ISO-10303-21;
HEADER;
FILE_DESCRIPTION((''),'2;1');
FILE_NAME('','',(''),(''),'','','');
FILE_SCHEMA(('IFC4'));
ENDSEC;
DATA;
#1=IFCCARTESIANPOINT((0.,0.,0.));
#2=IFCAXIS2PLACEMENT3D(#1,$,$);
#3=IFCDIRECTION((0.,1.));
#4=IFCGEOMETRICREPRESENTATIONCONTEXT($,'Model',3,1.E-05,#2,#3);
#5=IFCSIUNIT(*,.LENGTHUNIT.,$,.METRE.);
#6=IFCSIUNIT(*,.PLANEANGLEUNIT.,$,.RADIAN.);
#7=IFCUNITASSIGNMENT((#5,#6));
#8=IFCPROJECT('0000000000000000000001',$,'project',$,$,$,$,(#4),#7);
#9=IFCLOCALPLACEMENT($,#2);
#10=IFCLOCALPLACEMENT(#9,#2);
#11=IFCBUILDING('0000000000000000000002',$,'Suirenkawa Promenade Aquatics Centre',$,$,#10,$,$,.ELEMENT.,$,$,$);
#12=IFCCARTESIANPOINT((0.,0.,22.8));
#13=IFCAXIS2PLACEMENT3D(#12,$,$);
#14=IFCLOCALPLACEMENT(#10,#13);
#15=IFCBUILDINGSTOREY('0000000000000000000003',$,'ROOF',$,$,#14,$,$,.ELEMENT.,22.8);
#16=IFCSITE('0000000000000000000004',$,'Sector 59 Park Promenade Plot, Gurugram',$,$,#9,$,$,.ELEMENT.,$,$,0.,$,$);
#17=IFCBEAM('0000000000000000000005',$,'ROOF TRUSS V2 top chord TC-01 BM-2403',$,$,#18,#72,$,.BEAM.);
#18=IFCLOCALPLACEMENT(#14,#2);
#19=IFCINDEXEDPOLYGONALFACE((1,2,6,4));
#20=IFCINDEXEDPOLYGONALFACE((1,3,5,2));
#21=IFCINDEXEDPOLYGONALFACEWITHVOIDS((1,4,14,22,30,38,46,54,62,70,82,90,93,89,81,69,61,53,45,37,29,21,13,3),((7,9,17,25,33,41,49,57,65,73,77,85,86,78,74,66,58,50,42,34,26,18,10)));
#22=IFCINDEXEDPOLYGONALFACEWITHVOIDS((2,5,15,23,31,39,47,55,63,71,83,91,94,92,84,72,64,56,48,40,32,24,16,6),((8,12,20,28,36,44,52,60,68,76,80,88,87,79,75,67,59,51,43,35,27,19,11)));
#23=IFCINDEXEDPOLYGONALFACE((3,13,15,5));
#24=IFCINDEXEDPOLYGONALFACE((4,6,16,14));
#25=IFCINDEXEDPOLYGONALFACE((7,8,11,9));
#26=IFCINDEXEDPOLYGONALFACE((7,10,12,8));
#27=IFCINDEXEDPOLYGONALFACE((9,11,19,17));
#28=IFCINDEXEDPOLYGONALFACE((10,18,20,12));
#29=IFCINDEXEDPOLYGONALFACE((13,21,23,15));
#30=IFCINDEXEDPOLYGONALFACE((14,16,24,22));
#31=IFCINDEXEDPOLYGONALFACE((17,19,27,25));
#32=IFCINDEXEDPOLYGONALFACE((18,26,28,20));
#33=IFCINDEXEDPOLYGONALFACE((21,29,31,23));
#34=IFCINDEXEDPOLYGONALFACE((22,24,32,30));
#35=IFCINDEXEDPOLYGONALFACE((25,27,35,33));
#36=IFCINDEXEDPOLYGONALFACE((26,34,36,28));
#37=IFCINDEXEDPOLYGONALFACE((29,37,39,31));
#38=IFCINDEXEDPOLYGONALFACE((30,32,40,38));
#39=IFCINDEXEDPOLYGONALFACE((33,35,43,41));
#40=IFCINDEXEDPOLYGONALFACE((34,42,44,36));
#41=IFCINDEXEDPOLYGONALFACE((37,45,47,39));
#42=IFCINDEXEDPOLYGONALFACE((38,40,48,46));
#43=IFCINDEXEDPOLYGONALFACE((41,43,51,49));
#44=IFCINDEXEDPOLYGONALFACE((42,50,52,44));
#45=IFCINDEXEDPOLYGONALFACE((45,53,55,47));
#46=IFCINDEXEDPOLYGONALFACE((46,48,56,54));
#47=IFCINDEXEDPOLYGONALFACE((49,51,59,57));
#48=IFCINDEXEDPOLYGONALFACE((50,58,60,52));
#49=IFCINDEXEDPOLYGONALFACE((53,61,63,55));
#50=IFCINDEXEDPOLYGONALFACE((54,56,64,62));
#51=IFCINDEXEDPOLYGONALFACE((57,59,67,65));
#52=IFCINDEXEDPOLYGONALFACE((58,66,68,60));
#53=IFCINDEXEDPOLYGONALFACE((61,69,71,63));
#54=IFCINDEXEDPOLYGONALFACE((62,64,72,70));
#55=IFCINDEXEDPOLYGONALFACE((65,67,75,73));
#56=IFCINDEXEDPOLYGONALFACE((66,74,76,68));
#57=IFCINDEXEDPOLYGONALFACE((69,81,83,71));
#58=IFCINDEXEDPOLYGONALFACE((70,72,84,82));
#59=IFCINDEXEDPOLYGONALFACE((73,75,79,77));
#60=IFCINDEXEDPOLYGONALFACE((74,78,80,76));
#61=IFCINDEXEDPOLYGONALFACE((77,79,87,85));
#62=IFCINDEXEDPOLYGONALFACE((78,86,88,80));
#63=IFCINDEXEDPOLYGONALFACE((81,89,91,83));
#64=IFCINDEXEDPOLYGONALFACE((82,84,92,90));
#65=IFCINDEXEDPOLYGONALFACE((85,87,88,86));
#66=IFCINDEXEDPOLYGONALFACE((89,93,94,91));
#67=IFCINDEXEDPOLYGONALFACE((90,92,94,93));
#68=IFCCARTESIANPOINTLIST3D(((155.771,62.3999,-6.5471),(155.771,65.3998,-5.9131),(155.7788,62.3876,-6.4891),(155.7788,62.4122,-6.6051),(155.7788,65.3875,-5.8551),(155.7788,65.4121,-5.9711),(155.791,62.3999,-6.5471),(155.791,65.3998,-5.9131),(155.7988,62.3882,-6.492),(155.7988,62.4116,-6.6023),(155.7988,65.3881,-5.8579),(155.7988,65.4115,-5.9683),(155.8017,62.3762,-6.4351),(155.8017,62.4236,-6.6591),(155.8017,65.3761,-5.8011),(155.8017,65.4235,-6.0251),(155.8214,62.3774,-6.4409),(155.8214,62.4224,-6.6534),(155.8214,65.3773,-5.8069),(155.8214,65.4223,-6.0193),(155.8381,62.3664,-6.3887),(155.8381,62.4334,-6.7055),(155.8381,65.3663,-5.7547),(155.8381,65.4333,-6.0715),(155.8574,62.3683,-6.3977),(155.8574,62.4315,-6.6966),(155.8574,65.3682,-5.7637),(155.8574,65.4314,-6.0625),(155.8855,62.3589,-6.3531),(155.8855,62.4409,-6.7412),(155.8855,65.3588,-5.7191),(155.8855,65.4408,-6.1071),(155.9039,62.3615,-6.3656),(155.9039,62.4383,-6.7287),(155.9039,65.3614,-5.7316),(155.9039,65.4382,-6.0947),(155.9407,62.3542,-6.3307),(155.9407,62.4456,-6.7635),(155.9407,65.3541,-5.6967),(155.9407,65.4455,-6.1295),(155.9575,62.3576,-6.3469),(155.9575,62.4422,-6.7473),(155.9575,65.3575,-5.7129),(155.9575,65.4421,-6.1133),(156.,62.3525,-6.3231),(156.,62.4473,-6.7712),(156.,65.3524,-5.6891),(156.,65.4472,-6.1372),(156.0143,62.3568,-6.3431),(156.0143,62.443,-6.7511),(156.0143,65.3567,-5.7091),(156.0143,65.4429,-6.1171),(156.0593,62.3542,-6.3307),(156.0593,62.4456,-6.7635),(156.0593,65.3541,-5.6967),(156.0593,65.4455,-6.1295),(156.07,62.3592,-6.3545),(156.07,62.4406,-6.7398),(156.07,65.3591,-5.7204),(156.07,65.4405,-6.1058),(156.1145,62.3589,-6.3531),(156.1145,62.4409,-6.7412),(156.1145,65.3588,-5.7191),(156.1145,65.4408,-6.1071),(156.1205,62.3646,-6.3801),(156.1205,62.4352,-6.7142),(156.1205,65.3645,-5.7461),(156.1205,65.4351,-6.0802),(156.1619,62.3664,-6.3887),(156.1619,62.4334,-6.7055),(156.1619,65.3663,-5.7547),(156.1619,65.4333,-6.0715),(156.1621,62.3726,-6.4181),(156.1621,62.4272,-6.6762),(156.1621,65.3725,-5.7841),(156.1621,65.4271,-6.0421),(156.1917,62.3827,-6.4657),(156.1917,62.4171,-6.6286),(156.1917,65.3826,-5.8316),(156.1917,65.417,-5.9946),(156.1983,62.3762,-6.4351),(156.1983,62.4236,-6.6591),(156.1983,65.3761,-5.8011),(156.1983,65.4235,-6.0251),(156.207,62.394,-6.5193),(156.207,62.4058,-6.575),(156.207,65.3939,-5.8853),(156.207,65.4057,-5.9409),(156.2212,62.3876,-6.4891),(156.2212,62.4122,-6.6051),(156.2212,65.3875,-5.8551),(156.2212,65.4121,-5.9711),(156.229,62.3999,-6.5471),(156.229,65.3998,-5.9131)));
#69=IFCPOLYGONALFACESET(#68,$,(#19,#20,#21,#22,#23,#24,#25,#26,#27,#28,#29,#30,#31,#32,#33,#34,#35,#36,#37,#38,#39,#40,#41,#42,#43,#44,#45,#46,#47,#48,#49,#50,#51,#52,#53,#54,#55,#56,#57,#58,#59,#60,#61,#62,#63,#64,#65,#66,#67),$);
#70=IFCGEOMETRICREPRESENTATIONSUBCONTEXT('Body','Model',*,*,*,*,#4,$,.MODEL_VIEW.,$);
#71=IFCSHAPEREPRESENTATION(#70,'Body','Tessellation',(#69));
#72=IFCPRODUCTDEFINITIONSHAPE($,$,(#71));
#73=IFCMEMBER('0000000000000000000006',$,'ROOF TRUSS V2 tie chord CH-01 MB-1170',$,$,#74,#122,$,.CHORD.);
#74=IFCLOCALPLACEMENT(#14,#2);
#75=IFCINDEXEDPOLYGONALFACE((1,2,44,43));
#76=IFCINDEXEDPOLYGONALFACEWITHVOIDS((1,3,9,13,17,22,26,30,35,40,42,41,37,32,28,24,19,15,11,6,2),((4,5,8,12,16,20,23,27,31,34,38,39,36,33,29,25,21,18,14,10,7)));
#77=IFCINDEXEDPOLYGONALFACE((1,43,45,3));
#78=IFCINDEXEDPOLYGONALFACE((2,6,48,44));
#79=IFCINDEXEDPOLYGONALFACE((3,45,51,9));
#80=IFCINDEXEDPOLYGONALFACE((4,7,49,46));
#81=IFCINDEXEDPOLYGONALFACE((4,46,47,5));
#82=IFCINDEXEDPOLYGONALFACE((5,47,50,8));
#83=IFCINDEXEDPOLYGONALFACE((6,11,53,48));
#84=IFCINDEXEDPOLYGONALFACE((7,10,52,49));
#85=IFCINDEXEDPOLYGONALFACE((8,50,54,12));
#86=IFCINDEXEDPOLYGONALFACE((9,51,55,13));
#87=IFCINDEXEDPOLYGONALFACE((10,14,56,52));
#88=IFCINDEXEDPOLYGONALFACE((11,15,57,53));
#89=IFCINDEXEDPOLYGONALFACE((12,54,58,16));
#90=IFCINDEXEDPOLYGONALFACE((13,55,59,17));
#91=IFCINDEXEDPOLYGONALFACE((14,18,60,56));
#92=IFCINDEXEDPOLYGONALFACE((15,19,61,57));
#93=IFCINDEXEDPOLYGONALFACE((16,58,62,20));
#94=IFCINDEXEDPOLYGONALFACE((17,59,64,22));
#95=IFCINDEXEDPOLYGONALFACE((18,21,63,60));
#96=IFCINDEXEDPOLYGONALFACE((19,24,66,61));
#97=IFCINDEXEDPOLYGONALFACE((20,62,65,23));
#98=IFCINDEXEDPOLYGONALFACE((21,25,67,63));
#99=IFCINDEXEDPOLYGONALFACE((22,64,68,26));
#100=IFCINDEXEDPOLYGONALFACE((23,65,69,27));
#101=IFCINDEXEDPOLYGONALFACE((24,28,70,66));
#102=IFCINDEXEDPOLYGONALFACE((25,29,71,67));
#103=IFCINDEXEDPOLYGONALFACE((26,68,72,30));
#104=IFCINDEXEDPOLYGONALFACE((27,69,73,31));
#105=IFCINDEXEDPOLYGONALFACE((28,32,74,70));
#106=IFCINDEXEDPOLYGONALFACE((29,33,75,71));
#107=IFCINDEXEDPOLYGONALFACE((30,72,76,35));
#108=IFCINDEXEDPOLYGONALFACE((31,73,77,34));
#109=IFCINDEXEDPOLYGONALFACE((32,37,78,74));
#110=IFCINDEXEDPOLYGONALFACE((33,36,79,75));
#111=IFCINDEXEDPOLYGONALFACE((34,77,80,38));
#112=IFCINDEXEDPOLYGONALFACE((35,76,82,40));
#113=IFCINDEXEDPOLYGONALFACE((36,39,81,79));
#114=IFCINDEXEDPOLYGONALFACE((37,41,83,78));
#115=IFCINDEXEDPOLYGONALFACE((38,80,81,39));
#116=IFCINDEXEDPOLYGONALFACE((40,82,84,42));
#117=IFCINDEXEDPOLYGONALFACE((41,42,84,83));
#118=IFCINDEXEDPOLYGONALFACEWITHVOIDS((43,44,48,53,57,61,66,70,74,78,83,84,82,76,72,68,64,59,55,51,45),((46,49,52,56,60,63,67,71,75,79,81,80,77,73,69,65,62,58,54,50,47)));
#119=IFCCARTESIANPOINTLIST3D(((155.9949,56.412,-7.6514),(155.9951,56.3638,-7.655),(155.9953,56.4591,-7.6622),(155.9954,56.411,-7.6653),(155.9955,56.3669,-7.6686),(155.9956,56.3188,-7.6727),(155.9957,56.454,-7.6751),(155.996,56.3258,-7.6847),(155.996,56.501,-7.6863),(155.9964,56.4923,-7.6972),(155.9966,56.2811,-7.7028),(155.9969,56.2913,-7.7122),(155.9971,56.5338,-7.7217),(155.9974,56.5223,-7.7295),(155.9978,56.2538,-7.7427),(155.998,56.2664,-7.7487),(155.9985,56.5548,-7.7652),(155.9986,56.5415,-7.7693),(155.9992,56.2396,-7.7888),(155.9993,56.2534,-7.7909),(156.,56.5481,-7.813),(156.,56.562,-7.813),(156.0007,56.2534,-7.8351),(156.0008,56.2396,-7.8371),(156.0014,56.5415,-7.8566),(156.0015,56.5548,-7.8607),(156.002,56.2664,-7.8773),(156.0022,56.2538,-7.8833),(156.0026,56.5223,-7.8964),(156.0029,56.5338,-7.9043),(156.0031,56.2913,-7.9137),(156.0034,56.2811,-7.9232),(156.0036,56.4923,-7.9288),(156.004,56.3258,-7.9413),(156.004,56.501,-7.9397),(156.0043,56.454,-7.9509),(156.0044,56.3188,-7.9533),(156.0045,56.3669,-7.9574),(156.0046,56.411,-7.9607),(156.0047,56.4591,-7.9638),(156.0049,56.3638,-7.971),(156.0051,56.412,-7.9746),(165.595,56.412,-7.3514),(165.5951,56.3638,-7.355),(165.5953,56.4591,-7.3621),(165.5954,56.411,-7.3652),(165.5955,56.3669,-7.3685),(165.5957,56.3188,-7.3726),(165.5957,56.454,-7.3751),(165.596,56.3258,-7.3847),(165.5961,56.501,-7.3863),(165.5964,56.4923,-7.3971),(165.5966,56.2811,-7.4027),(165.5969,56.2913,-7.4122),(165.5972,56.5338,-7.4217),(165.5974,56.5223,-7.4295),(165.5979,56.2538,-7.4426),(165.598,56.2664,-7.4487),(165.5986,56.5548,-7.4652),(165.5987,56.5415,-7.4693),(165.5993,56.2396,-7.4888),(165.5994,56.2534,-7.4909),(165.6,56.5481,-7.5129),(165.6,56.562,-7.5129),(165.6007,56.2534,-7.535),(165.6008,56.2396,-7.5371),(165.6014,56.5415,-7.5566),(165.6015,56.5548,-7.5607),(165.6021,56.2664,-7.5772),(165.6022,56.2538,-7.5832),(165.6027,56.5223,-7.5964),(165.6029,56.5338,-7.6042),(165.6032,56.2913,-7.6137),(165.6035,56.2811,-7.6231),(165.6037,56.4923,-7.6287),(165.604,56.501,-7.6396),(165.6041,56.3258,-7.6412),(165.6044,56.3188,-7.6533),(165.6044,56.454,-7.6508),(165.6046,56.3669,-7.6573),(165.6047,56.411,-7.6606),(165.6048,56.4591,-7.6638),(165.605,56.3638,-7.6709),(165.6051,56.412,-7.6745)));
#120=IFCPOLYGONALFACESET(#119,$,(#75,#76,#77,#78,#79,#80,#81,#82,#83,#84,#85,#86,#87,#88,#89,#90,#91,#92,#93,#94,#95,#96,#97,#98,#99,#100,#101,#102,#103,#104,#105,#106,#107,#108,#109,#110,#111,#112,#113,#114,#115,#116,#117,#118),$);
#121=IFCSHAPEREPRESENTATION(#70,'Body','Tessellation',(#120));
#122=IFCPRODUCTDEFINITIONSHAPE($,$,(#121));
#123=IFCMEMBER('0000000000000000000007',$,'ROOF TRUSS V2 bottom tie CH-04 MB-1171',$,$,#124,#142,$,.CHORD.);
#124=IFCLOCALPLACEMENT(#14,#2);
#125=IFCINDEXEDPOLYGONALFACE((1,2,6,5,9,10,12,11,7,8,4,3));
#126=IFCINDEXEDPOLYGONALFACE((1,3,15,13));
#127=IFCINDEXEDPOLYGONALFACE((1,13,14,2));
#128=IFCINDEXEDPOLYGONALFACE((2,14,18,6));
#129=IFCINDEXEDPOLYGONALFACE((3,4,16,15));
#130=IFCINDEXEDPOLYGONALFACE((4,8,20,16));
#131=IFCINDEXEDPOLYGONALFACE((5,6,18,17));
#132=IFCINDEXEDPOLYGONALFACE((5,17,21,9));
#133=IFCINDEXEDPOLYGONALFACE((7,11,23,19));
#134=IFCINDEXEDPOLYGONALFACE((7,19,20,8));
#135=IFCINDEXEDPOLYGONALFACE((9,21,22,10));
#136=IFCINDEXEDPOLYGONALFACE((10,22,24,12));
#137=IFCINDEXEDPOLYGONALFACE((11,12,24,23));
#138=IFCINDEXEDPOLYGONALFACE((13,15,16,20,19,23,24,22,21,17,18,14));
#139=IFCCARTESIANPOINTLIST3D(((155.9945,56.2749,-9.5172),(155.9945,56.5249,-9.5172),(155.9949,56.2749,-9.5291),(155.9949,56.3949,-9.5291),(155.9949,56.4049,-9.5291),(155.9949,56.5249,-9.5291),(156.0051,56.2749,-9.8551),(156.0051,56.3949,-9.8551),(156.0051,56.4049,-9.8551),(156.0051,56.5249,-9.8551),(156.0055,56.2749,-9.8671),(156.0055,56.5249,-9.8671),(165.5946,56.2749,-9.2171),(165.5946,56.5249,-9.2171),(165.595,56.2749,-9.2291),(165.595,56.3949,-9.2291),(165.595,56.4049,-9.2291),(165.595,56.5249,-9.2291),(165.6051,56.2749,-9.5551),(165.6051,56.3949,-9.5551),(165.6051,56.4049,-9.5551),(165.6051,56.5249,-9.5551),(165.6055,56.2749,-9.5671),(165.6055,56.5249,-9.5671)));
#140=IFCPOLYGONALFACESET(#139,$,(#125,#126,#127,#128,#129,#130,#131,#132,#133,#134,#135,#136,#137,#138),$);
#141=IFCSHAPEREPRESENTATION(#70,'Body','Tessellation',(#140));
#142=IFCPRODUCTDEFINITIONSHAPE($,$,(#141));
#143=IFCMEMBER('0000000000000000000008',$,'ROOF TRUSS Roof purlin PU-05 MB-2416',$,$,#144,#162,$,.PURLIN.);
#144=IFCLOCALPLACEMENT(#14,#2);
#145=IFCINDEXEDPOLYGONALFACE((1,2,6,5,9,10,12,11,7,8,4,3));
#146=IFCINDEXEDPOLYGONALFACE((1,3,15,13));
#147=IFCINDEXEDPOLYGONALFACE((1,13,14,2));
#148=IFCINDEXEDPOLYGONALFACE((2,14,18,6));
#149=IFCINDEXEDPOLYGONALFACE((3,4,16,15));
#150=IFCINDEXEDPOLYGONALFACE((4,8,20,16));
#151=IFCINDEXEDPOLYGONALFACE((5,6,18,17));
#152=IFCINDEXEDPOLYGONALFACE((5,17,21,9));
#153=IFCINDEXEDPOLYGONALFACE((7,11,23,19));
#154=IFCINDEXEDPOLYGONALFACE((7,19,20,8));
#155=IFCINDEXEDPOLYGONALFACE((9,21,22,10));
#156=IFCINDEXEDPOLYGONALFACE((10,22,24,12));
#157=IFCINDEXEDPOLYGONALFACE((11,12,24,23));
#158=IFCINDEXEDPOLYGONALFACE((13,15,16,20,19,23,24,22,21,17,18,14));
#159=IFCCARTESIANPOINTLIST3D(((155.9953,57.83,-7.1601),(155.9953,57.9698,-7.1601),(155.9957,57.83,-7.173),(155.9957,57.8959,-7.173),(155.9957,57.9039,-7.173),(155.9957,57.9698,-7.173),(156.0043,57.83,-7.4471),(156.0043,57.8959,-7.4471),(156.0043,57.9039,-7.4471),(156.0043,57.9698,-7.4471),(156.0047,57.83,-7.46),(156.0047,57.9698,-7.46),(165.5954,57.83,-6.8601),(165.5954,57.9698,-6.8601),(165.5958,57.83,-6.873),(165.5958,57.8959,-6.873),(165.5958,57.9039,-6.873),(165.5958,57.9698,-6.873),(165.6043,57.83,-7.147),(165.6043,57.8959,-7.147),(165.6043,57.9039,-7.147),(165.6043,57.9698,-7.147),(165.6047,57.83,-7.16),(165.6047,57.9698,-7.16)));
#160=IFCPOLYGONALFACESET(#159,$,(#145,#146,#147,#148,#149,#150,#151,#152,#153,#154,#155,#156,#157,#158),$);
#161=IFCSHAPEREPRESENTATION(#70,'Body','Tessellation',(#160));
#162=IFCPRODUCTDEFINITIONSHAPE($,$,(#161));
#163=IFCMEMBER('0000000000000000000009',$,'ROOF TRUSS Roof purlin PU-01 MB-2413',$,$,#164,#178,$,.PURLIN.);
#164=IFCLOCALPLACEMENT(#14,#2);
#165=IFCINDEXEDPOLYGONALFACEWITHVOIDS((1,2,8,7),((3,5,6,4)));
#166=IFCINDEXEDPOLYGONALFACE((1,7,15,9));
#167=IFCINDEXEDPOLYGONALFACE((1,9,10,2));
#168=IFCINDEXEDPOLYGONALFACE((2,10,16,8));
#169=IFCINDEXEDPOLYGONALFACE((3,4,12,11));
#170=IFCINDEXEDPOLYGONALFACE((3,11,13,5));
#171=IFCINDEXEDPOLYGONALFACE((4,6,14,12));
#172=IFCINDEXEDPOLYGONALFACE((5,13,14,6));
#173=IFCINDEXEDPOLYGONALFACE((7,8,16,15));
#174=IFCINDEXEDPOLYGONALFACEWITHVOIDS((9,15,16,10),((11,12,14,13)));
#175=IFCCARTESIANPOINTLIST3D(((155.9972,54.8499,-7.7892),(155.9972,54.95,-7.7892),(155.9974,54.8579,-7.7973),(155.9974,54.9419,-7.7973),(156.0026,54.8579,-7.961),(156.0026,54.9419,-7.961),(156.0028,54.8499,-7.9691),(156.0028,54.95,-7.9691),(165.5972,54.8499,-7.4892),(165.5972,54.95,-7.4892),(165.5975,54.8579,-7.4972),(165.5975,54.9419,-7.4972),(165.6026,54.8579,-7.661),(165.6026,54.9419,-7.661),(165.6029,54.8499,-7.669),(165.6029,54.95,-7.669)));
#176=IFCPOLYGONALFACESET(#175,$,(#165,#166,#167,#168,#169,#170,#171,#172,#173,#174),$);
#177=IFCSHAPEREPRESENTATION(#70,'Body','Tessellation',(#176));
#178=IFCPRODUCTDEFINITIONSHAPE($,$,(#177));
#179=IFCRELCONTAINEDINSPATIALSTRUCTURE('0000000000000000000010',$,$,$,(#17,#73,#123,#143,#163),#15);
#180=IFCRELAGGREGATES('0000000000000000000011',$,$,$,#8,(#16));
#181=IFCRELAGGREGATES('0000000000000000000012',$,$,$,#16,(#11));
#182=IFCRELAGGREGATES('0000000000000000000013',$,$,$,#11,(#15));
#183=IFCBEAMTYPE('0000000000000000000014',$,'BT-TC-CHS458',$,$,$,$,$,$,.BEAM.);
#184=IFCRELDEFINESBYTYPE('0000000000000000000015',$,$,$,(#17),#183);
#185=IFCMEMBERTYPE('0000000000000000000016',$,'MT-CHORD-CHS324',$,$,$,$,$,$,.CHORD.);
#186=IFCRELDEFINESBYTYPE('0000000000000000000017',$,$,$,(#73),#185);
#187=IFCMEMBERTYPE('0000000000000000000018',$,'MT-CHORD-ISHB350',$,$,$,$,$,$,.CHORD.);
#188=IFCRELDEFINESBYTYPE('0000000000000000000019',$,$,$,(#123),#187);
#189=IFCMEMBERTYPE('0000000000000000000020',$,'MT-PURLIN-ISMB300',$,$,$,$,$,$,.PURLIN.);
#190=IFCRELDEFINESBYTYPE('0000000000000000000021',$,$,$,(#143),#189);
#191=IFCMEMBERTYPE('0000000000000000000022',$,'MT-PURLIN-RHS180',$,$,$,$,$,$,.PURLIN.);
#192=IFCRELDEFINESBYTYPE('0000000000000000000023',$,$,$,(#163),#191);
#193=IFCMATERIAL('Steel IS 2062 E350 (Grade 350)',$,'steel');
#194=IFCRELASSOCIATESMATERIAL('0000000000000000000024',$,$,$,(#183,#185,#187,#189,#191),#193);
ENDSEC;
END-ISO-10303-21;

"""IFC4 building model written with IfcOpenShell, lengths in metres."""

from ifc_helpers import new_model, si_unit, direction, frame, origin, origin_2d, place, context, subcontext, project, spatial, hollow_rectangle, hollow_circle, i_section, extrude, material, material_profile, profile_set, type_object, element, save


model = new_model("IFC4")

# Units and contexts
model_context = context("Model", 3, precision=1e-05, world=origin(), true_north=direction((0.0, 1.0)))
body_context = subcontext(model_context, "Body", "Model", "MODEL_VIEW")
ifc_project = project(units=[si_unit("LENGTHUNIT", "METRE"), si_unit("PLANEANGLEUNIT", "RADIAN")], contexts=[model_context])

# Site, building, storey
site_placement = place(None, origin())
site = spatial("IfcSite", under=ifc_project, at=site_placement, Name="Sector 59 Park Promenade Plot, Gurugram", CompositionType="ELEMENT", RefElevation=0.0)
building_placement = place(site_placement, origin())
building = spatial("IfcBuilding", under=site, at=building_placement, Name="Suirenkawa Promenade Aquatics Centre", CompositionType="ELEMENT")
storey_placement = place(building_placement, frame((0.0, 0.0, 22.8)))
storey = spatial("IfcBuildingStorey", under=building, at=storey_placement, Name="ROOF", CompositionType="ELEMENT", Elevation=22.8)

# Beam
ifc_material = material(Name="Steel IS 2062 E350 (Grade 350)", Category="steel")
ifc_material_profile_1 = material_profile(ifc_material, hollow_circle(Radius=0.229, WallThickness=0.02, at=origin_2d()), Name="CHS 458x20", Category="steel")
ifc_profile_set_1 = profile_set([ifc_material_profile_1], Name="Steel IS 2062 E350 (Grade 350)")
beam_type_1 = type_object("IfcBeamType", Name="BT-TC-CHS458", PredefinedType="BEAM", material=ifc_profile_set_1)
beam_1_placement = place(storey_placement, frame((156.0, 62.3999, -6.5471), z_axis=(0.0, 0.978388, 0.206777), x_axis=(-1.0, 0.0, 0.0)))
element("IfcBeam", 1, at=beam_1_placement, inside=storey, type_object=beam_type_1, Name="ROOF TRUSS V2 top chord TC-01 BM-2403", PredefinedType="BEAM", context=body_context, shape_type="SweptSolid", body=[
    extrude(hollow_circle(Radius=0.229, WallThickness=0.02, at=origin_2d()), origin(), (0.0, 0.0, 1.0), 3.0662),
])

# Members
ifc_material_profile_2 = material_profile(ifc_material, hollow_circle(Radius=0.1621, WallThickness=0.0139, at=origin_2d()), Name="CHS 324x14", Category="steel")
ifc_profile_set_2 = profile_set([ifc_material_profile_2], Name="Steel IS 2062 E350 (Grade 350)")
member_type_1 = type_object("IfcMemberType", Name="MT-CHORD-CHS324", PredefinedType="CHORD", material=ifc_profile_set_2)
member_1_placement = place(storey_placement, frame((156.0, 56.3999, -7.813), z_axis=(0.999512, 0.0, 0.03124), x_axis=(0.0, 1.0, 0.0)))
element("IfcMember", 2, at=member_1_placement, inside=storey, type_object=member_type_1, Name="ROOF TRUSS V2 tie chord CH-01 MB-1170", PredefinedType="CHORD", context=body_context, shape_type="SweptSolid", body=[
    extrude(hollow_circle(Radius=0.1621, WallThickness=0.0139, at=origin_2d()), origin(), (0.0, 0.0, 1.0), 9.6047),
])
ifc_material_profile_3 = material_profile(ifc_material, i_section(OverallWidth=0.25, OverallDepth=0.3501, WebThickness=0.01, FlangeThickness=0.012, at=origin_2d()), Name="ISHB 350", Category="steel")
ifc_profile_set_3 = profile_set([ifc_material_profile_3], Name="Steel IS 2062 E350 (Grade 350)")
member_type_2 = type_object("IfcMemberType", Name="MT-CHORD-ISHB350", PredefinedType="CHORD", material=ifc_profile_set_3)
member_2_placement = place(storey_placement, frame((156.0, 56.3999, -9.6921), z_axis=(0.999512, 0.0, 0.03124), x_axis=(0.0, 1.0, 0.0)))
element("IfcMember", 3, at=member_2_placement, inside=storey, type_object=member_type_2, Name="ROOF TRUSS V2 bottom tie CH-04 MB-1171", PredefinedType="CHORD", context=body_context, shape_type="SweptSolid", body=[
    extrude(i_section(OverallWidth=0.25, OverallDepth=0.3501, WebThickness=0.01, FlangeThickness=0.012, at=origin_2d()), origin(), (0.0, 0.0, 1.0), 9.6047),
])
ifc_material_profile_4 = material_profile(ifc_material, i_section(OverallWidth=0.1399, OverallDepth=0.3, WebThickness=0.0081, FlangeThickness=0.0129, at=origin_2d()), Name="ISMB 300", Category="steel")
ifc_profile_set_4 = profile_set([ifc_material_profile_4], Name="Steel IS 2062 E350 (Grade 350)")
member_type_3 = type_object("IfcMemberType", Name="MT-PURLIN-ISMB300", PredefinedType="PURLIN", material=ifc_profile_set_4)
member_3_placement = place(storey_placement, frame((156.0, 57.8999, -7.3101), z_axis=(0.999512, 0.0, 0.03124), x_axis=(0.0, 1.0, 0.0)))
element("IfcMember", 4, at=member_3_placement, inside=storey, type_object=member_type_3, Name="ROOF TRUSS Roof purlin PU-05 MB-2416", PredefinedType="PURLIN", context=body_context, shape_type="SweptSolid", body=[
    extrude(i_section(OverallWidth=0.1399, OverallDepth=0.3, WebThickness=0.0081, FlangeThickness=0.0129, at=origin_2d()), origin(), (0.0, 0.0, 1.0), 9.6047),
])
ifc_material_profile_5 = material_profile(ifc_material, hollow_rectangle(XDim=0.1001, YDim=0.1799, WallThickness=0.0081, at=origin_2d()), Name="RHS 180x100x8", Category="steel")
ifc_profile_set_5 = profile_set([ifc_material_profile_5], Name="Steel IS 2062 E350 (Grade 350)")
member_type_4 = type_object("IfcMemberType", Name="MT-PURLIN-RHS180", PredefinedType="PURLIN", material=ifc_profile_set_5)
for number, where, z_axis, x_axis, name in (
    (5, (156.0, 54.8999, -7.8792), (0.999512, 0.0, 0.03124), (0.0, 1.0, 0.0), "ROOF TRUSS Roof purlin PU-01 MB-2413"),
):
    element("IfcMember", number, at=place(storey_placement, frame(where, z_axis=z_axis, x_axis=x_axis)), inside=storey, type_object=member_type_4, Name=name, PredefinedType="PURLIN", context=body_context, shape_type="SweptSolid", body=[
        extrude(hollow_rectangle(XDim=0.1001, YDim=0.1799, WallThickness=0.0081, at=origin_2d()), origin(), (0.0, 0.0, 1.0), 9.6047),
    ])

save(model, "model.ifc")
